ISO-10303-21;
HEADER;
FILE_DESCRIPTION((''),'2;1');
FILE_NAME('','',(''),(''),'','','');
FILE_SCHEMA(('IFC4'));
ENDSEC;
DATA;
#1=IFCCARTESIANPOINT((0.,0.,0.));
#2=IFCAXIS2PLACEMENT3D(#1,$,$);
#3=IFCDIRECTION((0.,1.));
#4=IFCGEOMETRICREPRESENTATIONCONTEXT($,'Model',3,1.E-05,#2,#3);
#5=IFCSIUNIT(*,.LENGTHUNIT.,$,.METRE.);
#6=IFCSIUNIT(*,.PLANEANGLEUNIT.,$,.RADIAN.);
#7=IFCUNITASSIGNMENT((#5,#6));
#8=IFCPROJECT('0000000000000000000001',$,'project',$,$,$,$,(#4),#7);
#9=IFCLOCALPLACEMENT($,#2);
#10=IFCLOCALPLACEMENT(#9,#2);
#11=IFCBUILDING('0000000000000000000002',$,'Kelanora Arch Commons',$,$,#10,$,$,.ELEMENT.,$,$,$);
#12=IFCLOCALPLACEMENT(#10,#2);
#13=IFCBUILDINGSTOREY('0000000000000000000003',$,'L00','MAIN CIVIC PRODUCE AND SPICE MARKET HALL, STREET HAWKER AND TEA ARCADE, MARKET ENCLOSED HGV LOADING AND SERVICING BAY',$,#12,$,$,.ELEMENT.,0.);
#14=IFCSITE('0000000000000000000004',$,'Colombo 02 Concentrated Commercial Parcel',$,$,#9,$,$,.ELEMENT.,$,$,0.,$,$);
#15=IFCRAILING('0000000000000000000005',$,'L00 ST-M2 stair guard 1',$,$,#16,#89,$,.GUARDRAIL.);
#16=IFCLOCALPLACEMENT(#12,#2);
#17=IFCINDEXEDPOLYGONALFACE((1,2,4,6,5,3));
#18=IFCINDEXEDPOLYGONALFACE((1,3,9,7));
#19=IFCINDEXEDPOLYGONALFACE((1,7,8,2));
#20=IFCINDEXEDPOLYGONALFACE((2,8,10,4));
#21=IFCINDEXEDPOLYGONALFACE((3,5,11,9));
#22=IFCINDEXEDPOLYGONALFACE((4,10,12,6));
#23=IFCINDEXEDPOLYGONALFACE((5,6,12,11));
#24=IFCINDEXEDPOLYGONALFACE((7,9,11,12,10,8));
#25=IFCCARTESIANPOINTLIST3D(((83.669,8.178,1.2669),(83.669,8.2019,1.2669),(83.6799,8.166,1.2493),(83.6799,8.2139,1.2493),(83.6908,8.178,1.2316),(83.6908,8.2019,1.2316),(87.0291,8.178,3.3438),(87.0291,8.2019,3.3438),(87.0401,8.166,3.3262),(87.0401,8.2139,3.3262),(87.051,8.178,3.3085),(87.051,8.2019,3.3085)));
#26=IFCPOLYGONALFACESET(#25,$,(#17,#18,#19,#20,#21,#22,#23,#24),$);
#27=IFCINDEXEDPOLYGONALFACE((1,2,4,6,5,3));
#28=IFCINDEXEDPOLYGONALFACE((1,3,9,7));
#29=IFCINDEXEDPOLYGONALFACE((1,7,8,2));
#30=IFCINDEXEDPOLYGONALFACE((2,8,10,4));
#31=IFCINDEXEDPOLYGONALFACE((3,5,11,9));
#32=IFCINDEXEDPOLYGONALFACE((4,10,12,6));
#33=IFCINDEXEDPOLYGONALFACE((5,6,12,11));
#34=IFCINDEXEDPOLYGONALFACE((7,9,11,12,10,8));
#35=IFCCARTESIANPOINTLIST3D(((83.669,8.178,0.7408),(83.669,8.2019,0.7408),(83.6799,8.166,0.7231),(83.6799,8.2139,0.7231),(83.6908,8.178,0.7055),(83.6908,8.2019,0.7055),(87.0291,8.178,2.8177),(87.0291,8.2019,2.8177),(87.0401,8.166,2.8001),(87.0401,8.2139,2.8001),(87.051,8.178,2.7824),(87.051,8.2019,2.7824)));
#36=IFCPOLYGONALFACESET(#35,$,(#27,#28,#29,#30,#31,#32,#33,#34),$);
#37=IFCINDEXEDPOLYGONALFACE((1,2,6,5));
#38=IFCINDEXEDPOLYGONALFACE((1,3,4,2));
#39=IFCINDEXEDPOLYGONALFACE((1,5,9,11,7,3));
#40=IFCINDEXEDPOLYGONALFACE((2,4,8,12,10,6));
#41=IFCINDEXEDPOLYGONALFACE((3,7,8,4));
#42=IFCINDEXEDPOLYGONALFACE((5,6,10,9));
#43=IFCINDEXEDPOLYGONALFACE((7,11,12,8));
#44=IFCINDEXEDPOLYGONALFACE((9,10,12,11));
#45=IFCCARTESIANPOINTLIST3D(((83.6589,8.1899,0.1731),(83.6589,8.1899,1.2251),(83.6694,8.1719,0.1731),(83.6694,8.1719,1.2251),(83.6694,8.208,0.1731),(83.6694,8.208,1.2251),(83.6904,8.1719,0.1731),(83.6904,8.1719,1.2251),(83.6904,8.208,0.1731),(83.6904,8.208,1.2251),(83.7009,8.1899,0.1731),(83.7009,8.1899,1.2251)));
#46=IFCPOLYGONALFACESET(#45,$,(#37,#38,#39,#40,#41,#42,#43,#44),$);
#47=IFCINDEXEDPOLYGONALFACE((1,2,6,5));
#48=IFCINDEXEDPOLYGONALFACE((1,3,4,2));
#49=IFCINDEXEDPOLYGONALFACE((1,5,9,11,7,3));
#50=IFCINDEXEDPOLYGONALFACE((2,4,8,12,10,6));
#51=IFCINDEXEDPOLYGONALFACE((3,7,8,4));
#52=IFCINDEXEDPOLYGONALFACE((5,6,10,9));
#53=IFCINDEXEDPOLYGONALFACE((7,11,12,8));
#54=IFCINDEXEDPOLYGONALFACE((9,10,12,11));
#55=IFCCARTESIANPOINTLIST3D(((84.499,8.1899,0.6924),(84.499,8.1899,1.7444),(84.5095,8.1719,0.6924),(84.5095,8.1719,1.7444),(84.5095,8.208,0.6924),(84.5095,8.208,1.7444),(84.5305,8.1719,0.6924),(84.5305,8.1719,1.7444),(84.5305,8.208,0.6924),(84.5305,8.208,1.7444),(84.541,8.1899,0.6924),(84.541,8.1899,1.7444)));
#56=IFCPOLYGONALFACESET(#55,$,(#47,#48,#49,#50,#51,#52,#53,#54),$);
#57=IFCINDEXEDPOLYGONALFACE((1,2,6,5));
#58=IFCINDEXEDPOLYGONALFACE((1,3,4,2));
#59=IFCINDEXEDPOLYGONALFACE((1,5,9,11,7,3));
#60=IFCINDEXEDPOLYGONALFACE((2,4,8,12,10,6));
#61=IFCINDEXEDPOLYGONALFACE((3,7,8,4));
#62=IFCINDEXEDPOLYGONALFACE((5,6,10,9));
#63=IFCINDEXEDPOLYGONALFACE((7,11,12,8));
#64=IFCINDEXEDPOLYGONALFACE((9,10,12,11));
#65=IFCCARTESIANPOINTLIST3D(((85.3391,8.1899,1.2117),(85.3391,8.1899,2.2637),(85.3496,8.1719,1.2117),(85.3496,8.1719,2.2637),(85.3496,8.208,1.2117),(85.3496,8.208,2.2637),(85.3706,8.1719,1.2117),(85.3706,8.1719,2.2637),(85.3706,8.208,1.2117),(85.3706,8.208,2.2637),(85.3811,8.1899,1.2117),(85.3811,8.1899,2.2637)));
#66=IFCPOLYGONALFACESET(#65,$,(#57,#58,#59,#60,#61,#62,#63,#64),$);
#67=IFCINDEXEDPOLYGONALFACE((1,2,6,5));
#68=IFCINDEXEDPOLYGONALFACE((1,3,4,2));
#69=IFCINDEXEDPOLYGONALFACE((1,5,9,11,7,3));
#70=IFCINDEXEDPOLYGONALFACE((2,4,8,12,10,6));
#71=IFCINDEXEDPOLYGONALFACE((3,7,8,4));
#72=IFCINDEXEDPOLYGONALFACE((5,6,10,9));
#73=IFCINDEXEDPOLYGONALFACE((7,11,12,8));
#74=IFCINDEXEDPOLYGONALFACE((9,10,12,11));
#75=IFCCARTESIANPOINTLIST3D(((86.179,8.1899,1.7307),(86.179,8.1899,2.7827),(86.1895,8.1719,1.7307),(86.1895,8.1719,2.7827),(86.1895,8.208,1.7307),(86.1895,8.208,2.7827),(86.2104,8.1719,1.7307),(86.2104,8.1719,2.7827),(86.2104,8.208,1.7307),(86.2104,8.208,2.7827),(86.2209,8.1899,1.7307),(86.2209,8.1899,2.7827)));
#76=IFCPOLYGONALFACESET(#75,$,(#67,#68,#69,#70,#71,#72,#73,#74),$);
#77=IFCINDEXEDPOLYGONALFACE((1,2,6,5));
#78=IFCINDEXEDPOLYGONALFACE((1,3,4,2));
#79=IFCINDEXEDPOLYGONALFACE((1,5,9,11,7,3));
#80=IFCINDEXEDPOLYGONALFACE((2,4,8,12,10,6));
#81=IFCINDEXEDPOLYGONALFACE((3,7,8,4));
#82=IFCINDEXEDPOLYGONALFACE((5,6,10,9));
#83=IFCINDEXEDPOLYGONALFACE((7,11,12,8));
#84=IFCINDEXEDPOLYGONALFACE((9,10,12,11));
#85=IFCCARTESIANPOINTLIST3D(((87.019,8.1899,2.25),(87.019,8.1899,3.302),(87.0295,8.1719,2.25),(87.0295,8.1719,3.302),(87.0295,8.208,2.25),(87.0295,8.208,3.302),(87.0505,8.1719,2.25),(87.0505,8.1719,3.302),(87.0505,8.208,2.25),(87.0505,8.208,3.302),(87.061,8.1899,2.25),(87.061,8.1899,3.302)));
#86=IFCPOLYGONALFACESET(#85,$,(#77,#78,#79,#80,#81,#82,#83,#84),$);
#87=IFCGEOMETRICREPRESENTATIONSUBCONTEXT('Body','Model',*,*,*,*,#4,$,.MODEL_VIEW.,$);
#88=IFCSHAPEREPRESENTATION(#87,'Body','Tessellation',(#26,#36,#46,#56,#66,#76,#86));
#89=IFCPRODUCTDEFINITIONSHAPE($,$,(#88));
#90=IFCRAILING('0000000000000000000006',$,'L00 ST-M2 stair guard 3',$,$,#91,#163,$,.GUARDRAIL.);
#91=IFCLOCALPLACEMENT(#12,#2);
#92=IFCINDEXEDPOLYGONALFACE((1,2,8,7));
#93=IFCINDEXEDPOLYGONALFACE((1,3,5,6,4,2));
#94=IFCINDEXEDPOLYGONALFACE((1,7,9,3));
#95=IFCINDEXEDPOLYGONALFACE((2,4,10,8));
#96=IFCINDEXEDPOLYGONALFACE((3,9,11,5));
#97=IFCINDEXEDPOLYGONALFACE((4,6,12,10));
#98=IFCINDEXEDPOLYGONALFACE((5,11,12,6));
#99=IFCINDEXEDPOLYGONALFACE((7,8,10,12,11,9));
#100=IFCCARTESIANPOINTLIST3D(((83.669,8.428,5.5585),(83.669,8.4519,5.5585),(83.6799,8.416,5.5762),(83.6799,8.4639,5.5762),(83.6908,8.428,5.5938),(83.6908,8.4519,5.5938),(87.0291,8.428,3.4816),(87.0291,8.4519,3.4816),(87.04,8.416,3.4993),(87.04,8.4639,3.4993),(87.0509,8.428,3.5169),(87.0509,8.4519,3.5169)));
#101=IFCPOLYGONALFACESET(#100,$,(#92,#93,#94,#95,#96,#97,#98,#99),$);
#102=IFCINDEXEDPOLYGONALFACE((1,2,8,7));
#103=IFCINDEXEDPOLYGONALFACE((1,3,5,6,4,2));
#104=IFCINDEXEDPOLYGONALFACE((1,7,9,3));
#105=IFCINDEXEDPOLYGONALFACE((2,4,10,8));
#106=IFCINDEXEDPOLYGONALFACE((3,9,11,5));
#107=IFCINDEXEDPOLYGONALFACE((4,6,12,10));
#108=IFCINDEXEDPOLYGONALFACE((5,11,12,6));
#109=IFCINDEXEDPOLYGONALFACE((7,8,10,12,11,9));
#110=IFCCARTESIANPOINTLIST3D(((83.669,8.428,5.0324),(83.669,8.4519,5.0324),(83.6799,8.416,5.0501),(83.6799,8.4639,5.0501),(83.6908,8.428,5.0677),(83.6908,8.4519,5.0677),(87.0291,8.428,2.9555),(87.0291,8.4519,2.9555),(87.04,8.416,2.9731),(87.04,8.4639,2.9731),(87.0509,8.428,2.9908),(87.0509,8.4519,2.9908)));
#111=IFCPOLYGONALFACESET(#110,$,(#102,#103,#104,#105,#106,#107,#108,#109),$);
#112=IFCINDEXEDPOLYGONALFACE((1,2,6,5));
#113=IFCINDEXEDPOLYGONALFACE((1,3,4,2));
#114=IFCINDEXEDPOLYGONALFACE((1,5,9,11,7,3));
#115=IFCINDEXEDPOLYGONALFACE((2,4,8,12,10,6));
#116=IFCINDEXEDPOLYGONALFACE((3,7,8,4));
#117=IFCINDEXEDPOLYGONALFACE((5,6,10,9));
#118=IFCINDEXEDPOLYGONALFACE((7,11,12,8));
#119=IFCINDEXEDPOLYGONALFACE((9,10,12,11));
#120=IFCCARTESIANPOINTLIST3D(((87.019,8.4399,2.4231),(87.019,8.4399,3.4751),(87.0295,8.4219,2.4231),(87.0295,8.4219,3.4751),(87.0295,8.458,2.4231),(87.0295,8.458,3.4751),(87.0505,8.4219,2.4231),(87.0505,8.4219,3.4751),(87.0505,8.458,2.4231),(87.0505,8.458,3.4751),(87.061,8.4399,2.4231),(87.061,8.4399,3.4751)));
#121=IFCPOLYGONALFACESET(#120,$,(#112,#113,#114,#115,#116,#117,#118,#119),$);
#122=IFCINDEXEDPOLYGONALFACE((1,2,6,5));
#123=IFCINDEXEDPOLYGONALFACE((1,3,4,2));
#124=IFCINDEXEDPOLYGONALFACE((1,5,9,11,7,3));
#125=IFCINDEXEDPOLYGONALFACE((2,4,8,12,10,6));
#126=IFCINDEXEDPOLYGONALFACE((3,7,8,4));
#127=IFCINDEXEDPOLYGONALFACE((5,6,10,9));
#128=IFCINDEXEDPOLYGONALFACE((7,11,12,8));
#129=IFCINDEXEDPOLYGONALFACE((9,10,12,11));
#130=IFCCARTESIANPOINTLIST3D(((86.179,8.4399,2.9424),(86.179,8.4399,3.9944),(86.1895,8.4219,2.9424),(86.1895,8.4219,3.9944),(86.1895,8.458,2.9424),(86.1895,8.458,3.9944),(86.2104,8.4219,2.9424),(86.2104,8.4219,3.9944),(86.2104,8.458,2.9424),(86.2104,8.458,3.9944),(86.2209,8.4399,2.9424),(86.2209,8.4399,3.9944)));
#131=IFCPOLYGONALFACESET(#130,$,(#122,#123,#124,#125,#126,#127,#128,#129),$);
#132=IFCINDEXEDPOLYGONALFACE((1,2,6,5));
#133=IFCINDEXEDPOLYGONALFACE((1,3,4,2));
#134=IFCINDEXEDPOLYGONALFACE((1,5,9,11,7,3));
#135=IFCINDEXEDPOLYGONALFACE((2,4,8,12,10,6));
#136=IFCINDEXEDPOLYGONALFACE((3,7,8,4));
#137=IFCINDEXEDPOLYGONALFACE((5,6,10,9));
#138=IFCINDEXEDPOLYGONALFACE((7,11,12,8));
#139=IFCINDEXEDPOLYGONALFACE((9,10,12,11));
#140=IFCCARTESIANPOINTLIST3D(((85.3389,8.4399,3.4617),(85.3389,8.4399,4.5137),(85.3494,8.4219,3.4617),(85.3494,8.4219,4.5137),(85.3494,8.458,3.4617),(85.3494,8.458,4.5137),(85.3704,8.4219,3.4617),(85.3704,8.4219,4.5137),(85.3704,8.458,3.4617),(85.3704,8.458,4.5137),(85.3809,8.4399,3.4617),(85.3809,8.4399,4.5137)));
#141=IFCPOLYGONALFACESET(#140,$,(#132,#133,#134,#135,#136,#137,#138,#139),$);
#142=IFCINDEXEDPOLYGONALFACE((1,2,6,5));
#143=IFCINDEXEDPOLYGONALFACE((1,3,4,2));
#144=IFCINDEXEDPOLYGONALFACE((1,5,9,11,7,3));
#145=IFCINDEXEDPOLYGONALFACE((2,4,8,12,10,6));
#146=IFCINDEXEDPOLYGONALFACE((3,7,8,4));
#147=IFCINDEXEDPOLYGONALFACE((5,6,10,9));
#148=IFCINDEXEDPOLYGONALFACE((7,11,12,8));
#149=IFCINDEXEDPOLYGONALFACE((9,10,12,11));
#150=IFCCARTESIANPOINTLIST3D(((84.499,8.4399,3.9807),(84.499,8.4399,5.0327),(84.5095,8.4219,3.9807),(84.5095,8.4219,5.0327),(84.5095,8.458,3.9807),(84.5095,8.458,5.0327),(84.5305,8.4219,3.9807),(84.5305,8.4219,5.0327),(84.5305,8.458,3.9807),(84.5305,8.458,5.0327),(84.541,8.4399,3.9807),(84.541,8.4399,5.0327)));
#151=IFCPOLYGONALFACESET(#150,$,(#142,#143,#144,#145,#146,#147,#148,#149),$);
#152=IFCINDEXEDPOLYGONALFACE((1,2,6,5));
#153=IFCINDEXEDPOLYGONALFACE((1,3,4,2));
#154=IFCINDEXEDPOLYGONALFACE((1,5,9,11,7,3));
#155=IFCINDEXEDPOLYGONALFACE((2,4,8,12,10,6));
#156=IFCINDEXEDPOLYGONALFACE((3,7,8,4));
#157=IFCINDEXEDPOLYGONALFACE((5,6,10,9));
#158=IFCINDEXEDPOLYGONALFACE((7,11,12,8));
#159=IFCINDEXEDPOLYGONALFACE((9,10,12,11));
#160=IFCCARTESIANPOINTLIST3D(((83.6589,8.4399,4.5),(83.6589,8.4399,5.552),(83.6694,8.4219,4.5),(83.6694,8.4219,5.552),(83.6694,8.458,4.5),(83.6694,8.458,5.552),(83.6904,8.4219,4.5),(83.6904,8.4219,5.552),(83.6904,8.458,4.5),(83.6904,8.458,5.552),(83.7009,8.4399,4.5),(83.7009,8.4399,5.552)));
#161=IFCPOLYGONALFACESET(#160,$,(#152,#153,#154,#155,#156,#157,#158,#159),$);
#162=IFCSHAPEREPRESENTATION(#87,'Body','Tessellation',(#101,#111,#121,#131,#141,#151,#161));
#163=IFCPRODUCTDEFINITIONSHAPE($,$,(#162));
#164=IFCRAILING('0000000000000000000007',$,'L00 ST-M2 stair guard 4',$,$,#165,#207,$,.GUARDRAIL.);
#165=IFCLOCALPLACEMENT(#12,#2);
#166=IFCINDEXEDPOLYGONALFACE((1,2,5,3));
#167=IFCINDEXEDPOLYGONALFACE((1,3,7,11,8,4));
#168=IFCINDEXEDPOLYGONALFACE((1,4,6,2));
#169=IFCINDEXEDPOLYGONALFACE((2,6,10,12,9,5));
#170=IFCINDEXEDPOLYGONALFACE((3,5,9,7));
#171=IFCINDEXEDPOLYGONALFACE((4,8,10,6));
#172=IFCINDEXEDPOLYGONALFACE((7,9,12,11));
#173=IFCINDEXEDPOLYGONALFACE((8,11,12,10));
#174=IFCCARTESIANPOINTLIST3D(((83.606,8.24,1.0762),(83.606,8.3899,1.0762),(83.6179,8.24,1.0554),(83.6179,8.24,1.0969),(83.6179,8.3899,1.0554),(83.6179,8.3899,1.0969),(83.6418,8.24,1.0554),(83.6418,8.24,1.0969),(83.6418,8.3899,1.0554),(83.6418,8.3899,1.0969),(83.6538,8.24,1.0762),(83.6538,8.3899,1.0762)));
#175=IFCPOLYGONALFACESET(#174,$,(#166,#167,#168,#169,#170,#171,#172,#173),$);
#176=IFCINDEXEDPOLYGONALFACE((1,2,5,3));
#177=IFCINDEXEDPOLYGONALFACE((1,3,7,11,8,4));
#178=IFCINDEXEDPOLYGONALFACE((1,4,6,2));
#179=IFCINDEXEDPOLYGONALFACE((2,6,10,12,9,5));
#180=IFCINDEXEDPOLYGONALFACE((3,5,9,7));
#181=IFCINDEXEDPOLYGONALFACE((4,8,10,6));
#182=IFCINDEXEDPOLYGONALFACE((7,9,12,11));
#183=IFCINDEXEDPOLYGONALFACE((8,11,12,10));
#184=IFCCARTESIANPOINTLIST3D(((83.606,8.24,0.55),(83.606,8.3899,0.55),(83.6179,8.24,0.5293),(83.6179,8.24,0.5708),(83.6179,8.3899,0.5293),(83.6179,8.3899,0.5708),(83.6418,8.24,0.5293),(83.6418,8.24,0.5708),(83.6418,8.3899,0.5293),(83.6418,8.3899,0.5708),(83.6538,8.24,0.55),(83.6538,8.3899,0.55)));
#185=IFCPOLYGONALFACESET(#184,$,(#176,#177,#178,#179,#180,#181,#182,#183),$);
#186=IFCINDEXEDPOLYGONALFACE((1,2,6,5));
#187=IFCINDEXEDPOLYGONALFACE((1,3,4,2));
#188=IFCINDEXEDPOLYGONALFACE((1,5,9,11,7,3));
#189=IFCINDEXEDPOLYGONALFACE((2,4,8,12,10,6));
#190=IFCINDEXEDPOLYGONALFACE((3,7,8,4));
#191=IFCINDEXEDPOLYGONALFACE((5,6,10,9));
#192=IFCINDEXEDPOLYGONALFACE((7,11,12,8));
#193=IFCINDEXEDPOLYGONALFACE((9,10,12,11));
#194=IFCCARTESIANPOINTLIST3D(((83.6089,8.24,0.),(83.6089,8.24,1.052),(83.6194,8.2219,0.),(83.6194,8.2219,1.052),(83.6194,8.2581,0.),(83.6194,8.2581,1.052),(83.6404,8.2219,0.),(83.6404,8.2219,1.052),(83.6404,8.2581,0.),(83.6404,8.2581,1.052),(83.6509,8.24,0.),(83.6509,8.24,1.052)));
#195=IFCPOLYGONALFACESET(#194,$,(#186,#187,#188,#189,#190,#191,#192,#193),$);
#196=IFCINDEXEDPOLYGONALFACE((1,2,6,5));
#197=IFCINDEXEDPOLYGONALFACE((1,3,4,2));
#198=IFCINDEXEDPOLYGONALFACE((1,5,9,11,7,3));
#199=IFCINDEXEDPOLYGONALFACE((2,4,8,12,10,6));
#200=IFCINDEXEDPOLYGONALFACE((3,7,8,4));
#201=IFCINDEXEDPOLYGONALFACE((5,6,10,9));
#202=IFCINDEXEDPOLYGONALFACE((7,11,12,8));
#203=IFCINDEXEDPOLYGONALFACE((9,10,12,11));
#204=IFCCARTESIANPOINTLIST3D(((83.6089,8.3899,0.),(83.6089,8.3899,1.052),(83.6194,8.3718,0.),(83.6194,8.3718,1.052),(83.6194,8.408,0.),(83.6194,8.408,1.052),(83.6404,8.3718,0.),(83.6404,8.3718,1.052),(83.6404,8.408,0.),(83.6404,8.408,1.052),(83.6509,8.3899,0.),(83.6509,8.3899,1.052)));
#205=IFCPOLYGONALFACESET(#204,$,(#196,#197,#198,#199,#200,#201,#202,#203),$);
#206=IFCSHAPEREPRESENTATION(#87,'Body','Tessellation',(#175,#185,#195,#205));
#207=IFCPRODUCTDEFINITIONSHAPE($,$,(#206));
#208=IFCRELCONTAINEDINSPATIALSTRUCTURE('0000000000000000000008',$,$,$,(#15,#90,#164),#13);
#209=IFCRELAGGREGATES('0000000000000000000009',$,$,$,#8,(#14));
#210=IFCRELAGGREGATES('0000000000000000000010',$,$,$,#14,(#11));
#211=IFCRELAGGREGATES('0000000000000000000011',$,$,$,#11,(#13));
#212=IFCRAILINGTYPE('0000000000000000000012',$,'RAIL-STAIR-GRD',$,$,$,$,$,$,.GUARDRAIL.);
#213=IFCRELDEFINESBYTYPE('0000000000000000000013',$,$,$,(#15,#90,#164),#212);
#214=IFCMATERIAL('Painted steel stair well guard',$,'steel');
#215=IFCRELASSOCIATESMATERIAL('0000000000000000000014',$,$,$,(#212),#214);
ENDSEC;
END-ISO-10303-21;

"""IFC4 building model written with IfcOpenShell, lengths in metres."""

from ifc_helpers import new_model, si_unit, direction, frame, origin, place, context, subcontext, project, spatial, polyline, outline, extrude, material, type_object, element, save


model = new_model("IFC4")

# Units and contexts
model_context = context("Model", 3, precision=1e-05, world=origin(), true_north=direction((0.0, 1.0)))
body_context = subcontext(model_context, "Body", "Model", "MODEL_VIEW")
ifc_project = project(units=[si_unit("LENGTHUNIT", "METRE"), si_unit("PLANEANGLEUNIT", "RADIAN")], contexts=[model_context])

# Site, building, storey
site_placement = place(None, origin())
site = spatial("IfcSite", under=ifc_project, at=site_placement, Name="Colombo 02 Concentrated Commercial Parcel", CompositionType="ELEMENT", RefElevation=0.0)
building_placement = place(site_placement, origin())
building = spatial("IfcBuilding", under=site, at=building_placement, Name="Kelanora Arch Commons", CompositionType="ELEMENT")
storey_placement = place(building_placement, origin())
storey = spatial("IfcBuildingStorey", under=building, at=storey_placement, Name="L00", Description="MAIN CIVIC PRODUCE AND SPICE MARKET HALL, STREET HAWKER AND TEA ARCADE, MARKET ENCLOSED HGV LOADING AND SERVICING BAY", CompositionType="ELEMENT", Elevation=0.0)

# Railings
ifc_material_1 = material(Name="Painted steel stair well guard", Category="steel")
railing_type_1 = type_object("IfcRailingType", Name="RAIL-STAIR-GRD", PredefinedType="GUARDRAIL", material=ifc_material_1)
railing_1_placement = place(storey_placement, frame((83.6799, 8.1899, 0.1731)))
element("IfcRailing", 1, at=railing_1_placement, inside=storey, type_object=railing_type_1, Name="L00 ST-M2 stair guard 1", PredefinedType="GUARDRAIL", context=body_context, shape_type="SweptSolid", body=[
    extrude(outline(polyline([(0.0239, 0.0), (0.012, 0.0208), (-0.012, 0.0208), (-0.0239, 0.0), (-0.012, -0.0208), (0.012, -0.0208), (0.0239, 0.0)])), frame((0.0, 0.0, 1.0762), z_axis=(0.850623, 0.0, 0.525776), x_axis=(0.0, 1.0, 0.0)), (0.0, 0.0, 1.0), 3.9502),
    extrude(outline(polyline([(0.0239, 0.0), (0.012, 0.0208), (-0.012, 0.0208), (-0.0239, 0.0), (-0.012, -0.0208), (0.012, -0.0208), (0.0239, 0.0)])), frame((0.0, 0.0, 0.55), z_axis=(0.850623, 0.0, 0.525776), x_axis=(0.0, 1.0, 0.0)), (0.0, 0.0, 1.0), 3.9502),
    extrude(outline(polyline([(0.021, 0.0), (0.0105, 0.0181), (-0.0105, 0.0181), (-0.021, 0.0), (-0.0105, -0.0181), (0.0105, -0.0181), (0.021, 0.0)])), origin(), (0.0, 0.0, 1.0), 1.052),
    extrude(outline(polyline([(0.021, 0.0), (0.0105, 0.0181), (-0.0105, 0.0181), (-0.021, 0.0), (-0.0105, -0.0181), (0.0105, -0.0181), (0.021, 0.0)])), frame((0.8401, 0.0, 0.5193)), (0.0, 0.0, 1.0), 1.052),
    extrude(outline(polyline([(0.021, 0.0), (0.0105, 0.0181), (-0.0105, 0.0181), (-0.021, 0.0), (-0.0105, -0.0181), (0.0105, -0.0181), (0.021, 0.0)])), frame((1.6802, 0.0, 1.0386)), (0.0, 0.0, 1.0), 1.052),
    extrude(outline(polyline([(0.021, 0.0), (0.0105, 0.0181), (-0.0105, 0.0181), (-0.021, 0.0), (-0.0105, -0.0181), (0.0105, -0.0181), (0.021, 0.0)])), frame((2.52, 0.0, 1.5576)), (0.0, 0.0, 1.0), 1.052),
    extrude(outline(polyline([(0.021, 0.0), (0.0105, 0.0181), (-0.0105, 0.0181), (-0.021, 0.0), (-0.0105, -0.0181), (0.0105, -0.0181), (0.021, 0.0)])), frame((3.3601, 0.0, 2.0769)), (0.0, 0.0, 1.0), 1.052),
])
railing_2_placement = place(storey_placement, frame((87.04, 8.4399, 2.4231)))
element("IfcRailing", 2, at=railing_2_placement, inside=storey, type_object=railing_type_1, Name="L00 ST-M2 stair guard 3", PredefinedType="GUARDRAIL", context=body_context, shape_type="SweptSolid", body=[
    extrude(outline(polyline([(0.0239, 0.0), (0.012, 0.0208), (-0.012, 0.0208), (-0.0239, 0.0), (-0.012, -0.0208), (0.012, -0.0208), (0.0239, 0.0)])), frame((0.0, 0.0, 1.0762), z_axis=(-0.850623, 0.0, 0.525776), x_axis=(0.0, -1.0, 0.0)), (0.0, 0.0, 1.0), 3.9502),
    extrude(outline(polyline([(0.0239, 0.0), (0.012, 0.0208), (-0.012, 0.0208), (-0.0239, 0.0), (-0.012, -0.0208), (0.012, -0.0208), (0.0239, 0.0)])), frame((0.0, 0.0, 0.55), z_axis=(-0.850623, 0.0, 0.525776), x_axis=(0.0, -1.0, 0.0)), (0.0, 0.0, 1.0), 3.9502),
    extrude(outline(polyline([(0.021, 0.0), (0.0105, 0.0181), (-0.0105, 0.0181), (-0.021, 0.0), (-0.0105, -0.0181), (0.0105, -0.0181), (0.021, 0.0)])), origin(), (0.0, 0.0, 1.0), 1.052),
    extrude(outline(polyline([(0.021, 0.0), (0.0105, 0.0181), (-0.0105, 0.0181), (-0.021, 0.0), (-0.0105, -0.0181), (0.0105, -0.0181), (0.021, 0.0)])), frame((-0.8401, 0.0, 0.5193)), (0.0, 0.0, 1.0), 1.052),
    extrude(outline(polyline([(0.021, 0.0), (0.0105, 0.0181), (-0.0105, 0.0181), (-0.021, 0.0), (-0.0105, -0.0181), (0.0105, -0.0181), (0.021, 0.0)])), frame((-1.6802, 0.0, 1.0386)), (0.0, 0.0, 1.0), 1.052),
    extrude(outline(polyline([(0.021, 0.0), (0.0105, 0.0181), (-0.0105, 0.0181), (-0.021, 0.0), (-0.0105, -0.0181), (0.0105, -0.0181), (0.021, 0.0)])), frame((-2.52, 0.0, 1.5576)), (0.0, 0.0, 1.0), 1.052),
    extrude(outline(polyline([(0.021, 0.0), (0.0105, 0.0181), (-0.0105, 0.0181), (-0.021, 0.0), (-0.0105, -0.0181), (0.0105, -0.0181), (0.021, 0.0)])), frame((-3.3601, 0.0, 2.0769)), (0.0, 0.0, 1.0), 1.052),
])
railing_3_placement = place(storey_placement, frame((83.6299, 8.24, 0.0)))
element("IfcRailing", 3, at=railing_3_placement, inside=storey, type_object=railing_type_1, Name="L00 ST-M2 stair guard 4", PredefinedType="GUARDRAIL", context=body_context, shape_type="SweptSolid", body=[
    extrude(outline(polyline([(0.0239, 0.0), (0.012, 0.0208), (-0.012, 0.0208), (-0.0239, 0.0), (-0.012, -0.0208), (0.012, -0.0208), (0.0239, 0.0)])), frame((0.0, 0.0, 1.0762), z_axis=(0.0, 1.0, 0.0), x_axis=(-1.0, 0.0, 0.0)), (0.0, 0.0, 1.0), 0.1499),
    extrude(outline(polyline([(0.0239, 0.0), (0.012, 0.0208), (-0.012, 0.0208), (-0.0239, 0.0), (-0.012, -0.0208), (0.012, -0.0208), (0.0239, 0.0)])), frame((0.0, 0.0, 0.55), z_axis=(0.0, 1.0, 0.0), x_axis=(-1.0, 0.0, 0.0)), (0.0, 0.0, 1.0), 0.1499),
    extrude(outline(polyline([(0.021, 0.0), (0.0105, 0.0181), (-0.0105, 0.0181), (-0.021, 0.0), (-0.0105, -0.0181), (0.0105, -0.0181), (0.021, 0.0)])), origin(), (0.0, 0.0, 1.0), 1.052),
    extrude(outline(polyline([(0.021, 0.0), (0.0105, 0.0181), (-0.0105, 0.0181), (-0.021, 0.0), (-0.0105, -0.0181), (0.0105, -0.0181), (0.021, 0.0)])), frame((0.0, 0.1499, 0.0)), (0.0, 0.0, 1.0), 1.052),
])

save(model, "model.ifc")
